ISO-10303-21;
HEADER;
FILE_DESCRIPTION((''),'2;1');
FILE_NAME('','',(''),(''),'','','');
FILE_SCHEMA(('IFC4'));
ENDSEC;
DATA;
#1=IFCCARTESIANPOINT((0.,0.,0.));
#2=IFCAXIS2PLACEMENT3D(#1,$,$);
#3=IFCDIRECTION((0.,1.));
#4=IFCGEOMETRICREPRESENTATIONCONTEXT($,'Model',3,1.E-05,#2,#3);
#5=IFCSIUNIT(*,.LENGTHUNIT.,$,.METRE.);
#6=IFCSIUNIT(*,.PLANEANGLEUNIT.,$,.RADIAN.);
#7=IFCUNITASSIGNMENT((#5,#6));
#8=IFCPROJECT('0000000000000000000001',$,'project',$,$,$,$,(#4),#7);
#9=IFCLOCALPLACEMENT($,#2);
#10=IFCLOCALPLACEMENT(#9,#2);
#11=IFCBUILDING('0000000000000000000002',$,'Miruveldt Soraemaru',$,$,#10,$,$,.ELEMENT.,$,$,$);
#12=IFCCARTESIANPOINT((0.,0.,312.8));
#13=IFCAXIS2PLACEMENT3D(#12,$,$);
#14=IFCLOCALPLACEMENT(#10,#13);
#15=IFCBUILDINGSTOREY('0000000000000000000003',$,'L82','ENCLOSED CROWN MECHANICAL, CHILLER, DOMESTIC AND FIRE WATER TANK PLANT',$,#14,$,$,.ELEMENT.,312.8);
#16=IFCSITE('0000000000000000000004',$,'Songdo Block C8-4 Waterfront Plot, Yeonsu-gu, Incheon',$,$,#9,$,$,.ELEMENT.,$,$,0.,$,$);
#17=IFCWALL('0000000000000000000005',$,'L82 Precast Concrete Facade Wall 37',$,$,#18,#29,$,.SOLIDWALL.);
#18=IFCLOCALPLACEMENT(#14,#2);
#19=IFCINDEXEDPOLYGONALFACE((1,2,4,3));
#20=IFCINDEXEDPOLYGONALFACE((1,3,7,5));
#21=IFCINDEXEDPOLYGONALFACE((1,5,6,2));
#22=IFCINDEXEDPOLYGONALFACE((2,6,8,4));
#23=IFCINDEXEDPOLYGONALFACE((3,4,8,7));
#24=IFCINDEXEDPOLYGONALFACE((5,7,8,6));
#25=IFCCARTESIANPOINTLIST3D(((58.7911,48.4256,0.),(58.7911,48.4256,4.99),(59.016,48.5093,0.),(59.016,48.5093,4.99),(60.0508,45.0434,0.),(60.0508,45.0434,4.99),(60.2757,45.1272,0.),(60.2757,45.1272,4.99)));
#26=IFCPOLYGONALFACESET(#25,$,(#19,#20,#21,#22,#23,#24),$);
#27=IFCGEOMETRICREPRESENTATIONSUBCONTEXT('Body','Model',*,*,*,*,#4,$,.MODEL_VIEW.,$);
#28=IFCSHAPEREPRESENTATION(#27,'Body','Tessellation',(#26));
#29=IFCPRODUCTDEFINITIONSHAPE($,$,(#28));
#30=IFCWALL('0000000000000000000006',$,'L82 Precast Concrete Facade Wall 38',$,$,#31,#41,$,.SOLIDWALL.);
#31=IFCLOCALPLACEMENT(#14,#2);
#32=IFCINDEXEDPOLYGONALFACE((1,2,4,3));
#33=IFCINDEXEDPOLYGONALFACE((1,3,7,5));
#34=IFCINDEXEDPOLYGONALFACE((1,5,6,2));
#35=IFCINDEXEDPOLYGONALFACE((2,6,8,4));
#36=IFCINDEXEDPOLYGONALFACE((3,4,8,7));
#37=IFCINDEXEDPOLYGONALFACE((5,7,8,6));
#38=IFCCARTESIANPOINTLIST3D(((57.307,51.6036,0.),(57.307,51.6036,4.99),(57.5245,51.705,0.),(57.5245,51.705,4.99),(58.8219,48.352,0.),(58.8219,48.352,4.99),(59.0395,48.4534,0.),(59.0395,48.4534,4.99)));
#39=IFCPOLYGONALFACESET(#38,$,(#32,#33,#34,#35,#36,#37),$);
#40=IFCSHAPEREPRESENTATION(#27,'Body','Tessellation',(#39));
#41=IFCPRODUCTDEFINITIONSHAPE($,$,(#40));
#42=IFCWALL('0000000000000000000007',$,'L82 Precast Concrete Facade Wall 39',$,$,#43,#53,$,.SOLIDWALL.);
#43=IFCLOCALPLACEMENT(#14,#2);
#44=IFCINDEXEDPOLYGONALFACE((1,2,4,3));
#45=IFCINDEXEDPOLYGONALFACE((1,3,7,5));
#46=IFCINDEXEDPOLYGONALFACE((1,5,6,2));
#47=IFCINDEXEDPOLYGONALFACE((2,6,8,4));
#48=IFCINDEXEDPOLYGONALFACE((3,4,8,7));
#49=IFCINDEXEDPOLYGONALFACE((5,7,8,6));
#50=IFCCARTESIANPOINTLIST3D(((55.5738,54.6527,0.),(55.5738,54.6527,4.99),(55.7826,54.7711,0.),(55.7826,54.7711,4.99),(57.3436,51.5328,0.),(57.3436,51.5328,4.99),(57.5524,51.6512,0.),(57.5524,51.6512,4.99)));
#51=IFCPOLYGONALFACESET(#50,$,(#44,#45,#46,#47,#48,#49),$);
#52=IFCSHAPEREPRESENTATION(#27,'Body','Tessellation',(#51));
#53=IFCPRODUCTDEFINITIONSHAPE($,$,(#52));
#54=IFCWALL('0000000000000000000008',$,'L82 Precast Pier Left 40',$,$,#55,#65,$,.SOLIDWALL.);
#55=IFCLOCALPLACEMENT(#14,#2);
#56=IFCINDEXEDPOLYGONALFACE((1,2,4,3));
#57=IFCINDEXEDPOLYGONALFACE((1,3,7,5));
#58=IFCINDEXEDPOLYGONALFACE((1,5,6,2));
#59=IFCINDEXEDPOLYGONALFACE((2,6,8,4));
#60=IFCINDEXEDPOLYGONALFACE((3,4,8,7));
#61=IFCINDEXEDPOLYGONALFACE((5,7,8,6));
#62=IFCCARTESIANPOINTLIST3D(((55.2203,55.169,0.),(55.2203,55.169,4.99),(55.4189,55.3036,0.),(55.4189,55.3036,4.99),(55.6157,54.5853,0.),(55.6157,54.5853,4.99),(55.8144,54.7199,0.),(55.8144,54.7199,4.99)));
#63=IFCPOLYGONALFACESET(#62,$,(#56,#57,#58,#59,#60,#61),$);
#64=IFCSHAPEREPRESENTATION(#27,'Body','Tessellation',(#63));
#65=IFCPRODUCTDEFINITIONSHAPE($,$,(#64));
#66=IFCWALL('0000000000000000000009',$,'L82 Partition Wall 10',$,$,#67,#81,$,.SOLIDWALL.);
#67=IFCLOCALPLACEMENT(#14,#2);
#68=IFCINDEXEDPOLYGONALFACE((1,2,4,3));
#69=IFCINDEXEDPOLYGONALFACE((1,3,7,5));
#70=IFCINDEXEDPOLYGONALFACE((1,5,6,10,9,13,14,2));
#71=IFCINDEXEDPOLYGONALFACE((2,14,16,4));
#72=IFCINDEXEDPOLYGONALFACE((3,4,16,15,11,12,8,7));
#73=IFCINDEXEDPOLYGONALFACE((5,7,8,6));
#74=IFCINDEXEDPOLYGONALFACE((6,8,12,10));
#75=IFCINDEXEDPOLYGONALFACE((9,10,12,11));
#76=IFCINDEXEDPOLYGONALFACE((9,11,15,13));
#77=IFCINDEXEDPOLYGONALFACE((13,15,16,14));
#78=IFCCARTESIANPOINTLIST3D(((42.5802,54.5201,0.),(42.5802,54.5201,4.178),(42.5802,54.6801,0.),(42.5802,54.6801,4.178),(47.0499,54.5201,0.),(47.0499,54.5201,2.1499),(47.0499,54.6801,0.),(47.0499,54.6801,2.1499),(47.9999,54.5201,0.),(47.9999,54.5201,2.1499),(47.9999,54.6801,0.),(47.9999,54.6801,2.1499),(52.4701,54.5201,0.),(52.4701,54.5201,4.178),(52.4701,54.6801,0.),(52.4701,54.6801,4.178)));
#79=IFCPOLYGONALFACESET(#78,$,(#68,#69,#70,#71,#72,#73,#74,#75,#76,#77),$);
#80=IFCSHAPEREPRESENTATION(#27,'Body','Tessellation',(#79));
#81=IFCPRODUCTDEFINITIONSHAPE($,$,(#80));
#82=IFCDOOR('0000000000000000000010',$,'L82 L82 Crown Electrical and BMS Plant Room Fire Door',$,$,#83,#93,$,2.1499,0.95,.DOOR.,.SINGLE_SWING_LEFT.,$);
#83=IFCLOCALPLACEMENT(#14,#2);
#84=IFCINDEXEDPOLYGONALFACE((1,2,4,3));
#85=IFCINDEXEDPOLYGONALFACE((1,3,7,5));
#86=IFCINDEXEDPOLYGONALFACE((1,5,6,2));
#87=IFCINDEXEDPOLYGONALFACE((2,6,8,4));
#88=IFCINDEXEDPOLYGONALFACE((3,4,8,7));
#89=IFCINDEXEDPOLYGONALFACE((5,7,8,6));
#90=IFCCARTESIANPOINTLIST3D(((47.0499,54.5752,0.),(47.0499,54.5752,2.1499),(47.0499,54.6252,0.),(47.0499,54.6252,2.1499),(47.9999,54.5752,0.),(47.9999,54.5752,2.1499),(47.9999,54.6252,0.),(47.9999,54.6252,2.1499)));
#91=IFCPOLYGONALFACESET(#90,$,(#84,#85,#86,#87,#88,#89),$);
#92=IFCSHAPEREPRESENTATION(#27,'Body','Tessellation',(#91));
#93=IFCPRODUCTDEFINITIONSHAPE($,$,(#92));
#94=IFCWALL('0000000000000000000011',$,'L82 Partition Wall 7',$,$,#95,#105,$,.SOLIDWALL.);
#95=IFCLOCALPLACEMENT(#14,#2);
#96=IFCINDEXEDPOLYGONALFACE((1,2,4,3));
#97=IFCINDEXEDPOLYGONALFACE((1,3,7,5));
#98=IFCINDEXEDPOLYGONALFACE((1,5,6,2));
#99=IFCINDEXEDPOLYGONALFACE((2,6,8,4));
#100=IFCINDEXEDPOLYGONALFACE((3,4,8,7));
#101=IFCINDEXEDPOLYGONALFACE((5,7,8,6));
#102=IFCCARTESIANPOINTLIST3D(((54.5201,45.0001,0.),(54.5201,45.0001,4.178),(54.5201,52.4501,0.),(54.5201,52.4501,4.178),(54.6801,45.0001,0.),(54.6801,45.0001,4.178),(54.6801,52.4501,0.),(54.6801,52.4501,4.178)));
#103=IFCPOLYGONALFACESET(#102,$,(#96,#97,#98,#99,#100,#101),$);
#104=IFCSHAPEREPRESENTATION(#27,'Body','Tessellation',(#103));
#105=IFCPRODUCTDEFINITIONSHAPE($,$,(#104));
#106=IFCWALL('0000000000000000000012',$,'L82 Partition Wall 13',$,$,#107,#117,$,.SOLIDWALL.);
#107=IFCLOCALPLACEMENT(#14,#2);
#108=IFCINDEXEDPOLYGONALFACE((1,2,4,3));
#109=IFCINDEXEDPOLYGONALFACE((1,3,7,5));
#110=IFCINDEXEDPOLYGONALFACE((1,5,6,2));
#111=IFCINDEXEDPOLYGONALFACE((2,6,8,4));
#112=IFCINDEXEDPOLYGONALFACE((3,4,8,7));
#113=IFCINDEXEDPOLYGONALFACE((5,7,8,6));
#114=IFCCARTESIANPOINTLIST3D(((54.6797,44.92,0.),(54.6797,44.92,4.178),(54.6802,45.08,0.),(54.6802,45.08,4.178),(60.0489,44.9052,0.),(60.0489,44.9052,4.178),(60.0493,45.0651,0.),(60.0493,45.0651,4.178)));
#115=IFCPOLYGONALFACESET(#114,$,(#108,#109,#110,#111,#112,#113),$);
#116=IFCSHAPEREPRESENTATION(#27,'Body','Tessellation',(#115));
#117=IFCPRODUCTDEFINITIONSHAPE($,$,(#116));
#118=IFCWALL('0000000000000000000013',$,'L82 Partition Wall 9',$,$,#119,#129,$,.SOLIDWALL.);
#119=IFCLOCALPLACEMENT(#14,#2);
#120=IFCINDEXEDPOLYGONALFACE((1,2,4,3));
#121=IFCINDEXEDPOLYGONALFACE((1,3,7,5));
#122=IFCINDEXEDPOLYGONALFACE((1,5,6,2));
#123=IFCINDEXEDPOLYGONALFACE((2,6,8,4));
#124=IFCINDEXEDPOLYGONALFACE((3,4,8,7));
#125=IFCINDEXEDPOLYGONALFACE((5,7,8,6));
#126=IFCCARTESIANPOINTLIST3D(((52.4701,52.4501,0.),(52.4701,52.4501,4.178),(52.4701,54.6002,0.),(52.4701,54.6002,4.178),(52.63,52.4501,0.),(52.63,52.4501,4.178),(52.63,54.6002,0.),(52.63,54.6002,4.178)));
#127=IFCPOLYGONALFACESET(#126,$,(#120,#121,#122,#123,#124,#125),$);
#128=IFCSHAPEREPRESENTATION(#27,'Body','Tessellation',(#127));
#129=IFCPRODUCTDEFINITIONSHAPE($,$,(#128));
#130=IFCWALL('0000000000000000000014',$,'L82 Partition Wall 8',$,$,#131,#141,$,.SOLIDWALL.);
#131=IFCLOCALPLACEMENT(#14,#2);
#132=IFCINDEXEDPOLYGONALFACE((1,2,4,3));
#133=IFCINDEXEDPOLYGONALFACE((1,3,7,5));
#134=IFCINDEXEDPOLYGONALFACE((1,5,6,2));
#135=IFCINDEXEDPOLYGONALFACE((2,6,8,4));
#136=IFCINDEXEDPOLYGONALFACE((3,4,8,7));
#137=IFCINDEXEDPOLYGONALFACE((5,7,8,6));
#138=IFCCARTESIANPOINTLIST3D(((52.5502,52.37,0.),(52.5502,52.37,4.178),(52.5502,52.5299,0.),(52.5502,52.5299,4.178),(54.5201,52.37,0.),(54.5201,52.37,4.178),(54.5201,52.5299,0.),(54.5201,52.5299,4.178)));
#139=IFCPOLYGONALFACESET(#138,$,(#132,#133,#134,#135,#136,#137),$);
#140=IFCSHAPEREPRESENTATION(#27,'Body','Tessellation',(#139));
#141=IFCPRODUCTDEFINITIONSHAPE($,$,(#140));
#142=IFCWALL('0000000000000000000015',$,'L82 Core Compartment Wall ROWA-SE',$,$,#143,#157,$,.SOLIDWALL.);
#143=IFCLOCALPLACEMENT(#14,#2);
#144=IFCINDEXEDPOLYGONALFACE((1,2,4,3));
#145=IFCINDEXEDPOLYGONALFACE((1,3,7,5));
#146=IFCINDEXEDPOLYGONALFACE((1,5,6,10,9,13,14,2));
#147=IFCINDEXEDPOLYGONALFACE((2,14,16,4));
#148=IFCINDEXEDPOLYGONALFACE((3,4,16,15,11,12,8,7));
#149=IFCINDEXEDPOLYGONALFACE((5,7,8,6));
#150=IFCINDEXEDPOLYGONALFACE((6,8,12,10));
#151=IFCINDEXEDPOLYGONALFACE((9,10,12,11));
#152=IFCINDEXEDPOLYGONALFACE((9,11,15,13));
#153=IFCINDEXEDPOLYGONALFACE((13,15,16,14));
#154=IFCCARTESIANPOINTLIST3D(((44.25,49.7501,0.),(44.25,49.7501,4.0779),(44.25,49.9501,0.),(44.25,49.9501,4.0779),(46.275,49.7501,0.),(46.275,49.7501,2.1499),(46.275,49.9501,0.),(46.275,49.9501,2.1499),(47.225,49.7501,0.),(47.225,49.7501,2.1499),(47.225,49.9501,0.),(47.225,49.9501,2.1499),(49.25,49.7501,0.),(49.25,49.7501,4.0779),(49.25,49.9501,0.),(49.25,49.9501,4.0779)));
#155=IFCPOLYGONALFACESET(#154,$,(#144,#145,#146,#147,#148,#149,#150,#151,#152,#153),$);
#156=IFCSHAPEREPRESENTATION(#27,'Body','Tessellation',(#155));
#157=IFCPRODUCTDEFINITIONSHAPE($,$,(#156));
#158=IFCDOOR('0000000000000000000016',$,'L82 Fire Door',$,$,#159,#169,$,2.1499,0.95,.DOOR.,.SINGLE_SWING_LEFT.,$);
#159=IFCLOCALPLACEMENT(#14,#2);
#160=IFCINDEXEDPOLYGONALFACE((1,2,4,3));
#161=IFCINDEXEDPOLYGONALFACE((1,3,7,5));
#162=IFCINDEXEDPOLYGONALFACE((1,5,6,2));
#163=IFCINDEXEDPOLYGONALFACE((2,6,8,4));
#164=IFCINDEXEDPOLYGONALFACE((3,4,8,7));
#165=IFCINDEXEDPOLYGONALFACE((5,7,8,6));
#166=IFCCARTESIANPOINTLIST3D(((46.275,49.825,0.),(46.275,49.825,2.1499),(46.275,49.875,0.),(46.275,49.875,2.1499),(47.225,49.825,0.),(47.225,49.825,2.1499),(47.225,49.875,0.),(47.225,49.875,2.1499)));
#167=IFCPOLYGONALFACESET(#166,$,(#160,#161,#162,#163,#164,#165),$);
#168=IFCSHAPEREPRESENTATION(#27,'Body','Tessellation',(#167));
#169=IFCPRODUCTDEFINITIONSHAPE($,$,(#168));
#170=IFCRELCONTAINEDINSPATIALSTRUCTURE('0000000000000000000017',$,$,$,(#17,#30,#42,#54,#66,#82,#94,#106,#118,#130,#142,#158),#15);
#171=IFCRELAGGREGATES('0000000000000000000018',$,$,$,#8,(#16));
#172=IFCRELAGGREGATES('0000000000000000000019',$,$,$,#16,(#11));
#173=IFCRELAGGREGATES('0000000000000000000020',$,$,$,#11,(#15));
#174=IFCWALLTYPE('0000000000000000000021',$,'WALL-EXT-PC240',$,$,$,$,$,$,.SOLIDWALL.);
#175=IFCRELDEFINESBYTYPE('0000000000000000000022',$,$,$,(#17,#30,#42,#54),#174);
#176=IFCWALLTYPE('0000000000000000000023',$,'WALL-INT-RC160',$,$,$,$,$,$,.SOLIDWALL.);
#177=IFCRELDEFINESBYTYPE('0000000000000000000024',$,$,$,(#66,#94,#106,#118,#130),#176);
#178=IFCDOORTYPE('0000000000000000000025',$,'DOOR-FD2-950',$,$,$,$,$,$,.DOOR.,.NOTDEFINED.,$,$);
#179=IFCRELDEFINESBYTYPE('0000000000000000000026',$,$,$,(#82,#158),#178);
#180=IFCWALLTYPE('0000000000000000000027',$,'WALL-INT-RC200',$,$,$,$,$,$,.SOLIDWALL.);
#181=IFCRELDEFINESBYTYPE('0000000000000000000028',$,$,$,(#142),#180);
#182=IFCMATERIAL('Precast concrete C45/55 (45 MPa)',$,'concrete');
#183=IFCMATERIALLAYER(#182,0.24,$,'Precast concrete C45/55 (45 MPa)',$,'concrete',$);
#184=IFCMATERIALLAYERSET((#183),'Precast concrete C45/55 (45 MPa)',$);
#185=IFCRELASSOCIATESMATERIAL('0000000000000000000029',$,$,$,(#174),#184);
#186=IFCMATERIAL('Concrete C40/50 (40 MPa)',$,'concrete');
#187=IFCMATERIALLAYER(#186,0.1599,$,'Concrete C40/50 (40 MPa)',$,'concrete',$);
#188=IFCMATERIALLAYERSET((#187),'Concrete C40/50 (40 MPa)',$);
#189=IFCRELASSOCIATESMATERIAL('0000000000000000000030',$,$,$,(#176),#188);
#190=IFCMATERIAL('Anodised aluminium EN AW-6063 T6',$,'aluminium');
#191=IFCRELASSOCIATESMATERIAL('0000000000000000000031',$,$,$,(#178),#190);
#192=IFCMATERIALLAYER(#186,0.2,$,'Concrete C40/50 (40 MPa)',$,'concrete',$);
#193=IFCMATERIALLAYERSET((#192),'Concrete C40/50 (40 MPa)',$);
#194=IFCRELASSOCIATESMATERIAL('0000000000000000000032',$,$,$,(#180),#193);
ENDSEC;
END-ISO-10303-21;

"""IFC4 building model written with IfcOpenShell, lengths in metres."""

from ifc_helpers import new_model, si_unit, direction, frame, frame_2d, origin, place, context, subcontext, project, spatial, rectangle, extrude, material, layer, layer_set, type_object, element, fill, save


model = new_model("IFC4")

# Units and contexts
model_context = context("Model", 3, precision=1e-05, world=origin(), true_north=direction((0.0, 1.0)))
body_context = subcontext(model_context, "Body", "Model", "MODEL_VIEW")
ifc_project = project(units=[si_unit("LENGTHUNIT", "METRE"), si_unit("PLANEANGLEUNIT", "RADIAN")], contexts=[model_context])

# Site, building, storey
site_placement = place(None, origin())
site = spatial("IfcSite", under=ifc_project, at=site_placement, Name="Songdo Block C8-4 Waterfront Plot, Yeonsu-gu, Incheon", CompositionType="ELEMENT", RefElevation=0.0)
building_placement = place(site_placement, origin())
building = spatial("IfcBuilding", under=site, at=building_placement, Name="Miruveldt Soraemaru", CompositionType="ELEMENT")
storey_placement = place(building_placement, frame((0.0, 0.0, 312.8)))
storey = spatial("IfcBuildingStorey", under=building, at=storey_placement, Name="L82", Description="ENCLOSED CROWN MECHANICAL, CHILLER, DOMESTIC AND FIRE WATER TANK PLANT", CompositionType="ELEMENT", Elevation=312.8)

# Shared definitions
ifc_material_1 = material(Name="Anodised aluminium EN AW-6063 T6", Category="aluminium")

# Walls
ifc_material_2 = material(Name="Precast concrete C45/55 (45 MPa)", Category="concrete")
ifc_layer_1 = layer(ifc_material_2, 0.24, Name="Precast concrete C45/55 (45 MPa)", Category="concrete")
ifc_layer_set_1 = layer_set([ifc_layer_1], Name="Precast concrete C45/55 (45 MPa)")
wall_type_1 = type_object("IfcWallType", Name="WALL-EXT-PC240", PredefinedType="SOLIDWALL", material=ifc_layer_set_1)
wall_1_placement = place(storey_placement, frame((60.1633, 45.0852, 0.0), z_axis=(0.0, 0.0, 1.0), x_axis=(-0.349054, 0.937103, 0.0)))
element("IfcWall", 1, at=wall_1_placement, inside=storey, type_object=wall_type_1, Name="L82 Precast Concrete Facade Wall 37", PredefinedType="SOLIDWALL", context=body_context, shape_type="SweptSolid", body=[
    extrude(rectangle(XDim=3.6091, YDim=0.24, at=frame_2d((1.8047, 0.0))), origin(), (0.0, 0.0, 1.0), 4.99),
])
wall_2_placement = place(storey_placement, frame((58.9307, 48.4028, 0.0), z_axis=(0.0, 0.0, 1.0), x_axis=(-0.422323, 0.906446, 0.0)))
element("IfcWall", 2, at=wall_2_placement, inside=storey, type_object=wall_type_1, Name="L82 Precast Concrete Facade Wall 38", PredefinedType="SOLIDWALL", context=body_context, shape_type="SweptSolid", body=[
    extrude(rectangle(XDim=3.5872, YDim=0.24, at=frame_2d((1.7935, 0.0))), origin(), (0.0, 0.0, 1.0), 4.99),
])
wall_3_placement = place(storey_placement, frame((57.448, 51.592, 0.0), z_axis=(0.0, 0.0, 1.0), x_axis=(-0.493402, 0.869801, 0.0)))
element("IfcWall", 3, at=wall_3_placement, inside=storey, type_object=wall_type_1, Name="L82 Precast Concrete Facade Wall 39", PredefinedType="SOLIDWALL", context=body_context, shape_type="SweptSolid", body=[
    extrude(rectangle(XDim=3.5869, YDim=0.24, at=frame_2d((1.7935, 0.0))), origin(), (0.0, 0.0, 1.0), 4.99),
])
wall_4_placement = place(storey_placement, frame((55.7151, 54.6526, 0.0), z_axis=(0.0, 0.0, 1.0), x_axis=(-0.560917, 0.827872, 0.0)))
element("IfcWall", 4, at=wall_4_placement, inside=storey, type_object=wall_type_1, Name="L82 Precast Pier Left 40", PredefinedType="SOLIDWALL", context=body_context, shape_type="SweptSolid", body=[
    extrude(rectangle(XDim=0.7051, YDim=0.24, at=frame_2d((0.3525, 0.0))), origin(), (0.0, 0.0, 1.0), 4.99),
])

# Wall, opening, door
ifc_material_3 = material(Name="Concrete C40/50 (40 MPa)", Category="concrete")
ifc_layer_2 = layer(ifc_material_3, 0.1599, Name="Concrete C40/50 (40 MPa)", Category="concrete")
ifc_layer_set_2 = layer_set([ifc_layer_2], Name="Concrete C40/50 (40 MPa)")
wall_type_2 = type_object("IfcWallType", Name="WALL-INT-RC160", PredefinedType="SOLIDWALL", material=ifc_layer_set_2)
wall_5_placement = place(storey_placement, frame((52.47, 54.6001, 0.0), z_axis=(0.0, 0.0, 1.0), x_axis=(-1.0, 0.0, 0.0)))
wall_5 = element("IfcWall", 5, at=wall_5_placement, inside=storey, type_object=wall_type_2, Name="L82 Partition Wall 10", PredefinedType="SOLIDWALL", context=body_context, shape_type="SweptSolid", body=[
    extrude(rectangle(XDim=9.8899, YDim=0.1599, at=frame_2d((4.9448, 0.0))), origin(), (0.0, 0.0, 1.0), 4.178),
])
opening_1_placement = place(wall_5_placement, frame((4.47, 0.0, 0.0)))
opening_1 = element("IfcOpeningElement", 6, at=opening_1_placement, cuts=wall_5, PredefinedType="OPENING", context=body_context, shape_type="SweptSolid", body=[
    extrude(rectangle(XDim=0.95, YDim=2.1499, at=frame_2d((0.4751, 1.075))), frame((0.0, 0.0898, 0.0), z_axis=(0.0, -1.0, 0.0), x_axis=(1.0, 0.0, 0.0)), (0.0, 0.0, 1.0), 0.1799),
])
door_type_1 = type_object("IfcDoorType", Name="DOOR-FD2-950", OperationType="NOTDEFINED", PredefinedType="DOOR", material=ifc_material_1)
door_1_placement = place(opening_1_placement, origin())
door_1 = element("IfcDoor", 7, at=door_1_placement, inside=storey, type_object=door_type_1, Name="L82 L82 Crown Electrical and BMS Plant Room Fire Door", OperationType="SINGLE_SWING_LEFT", OverallHeight=2.1499, OverallWidth=0.95, PredefinedType="DOOR", context=body_context, shape_type="SweptSolid", body=[
    extrude(rectangle(XDim=0.95, YDim=2.1499, at=frame_2d((0.4751, 1.075))), frame((0.0, 0.0249, 0.0), z_axis=(0.0, -1.0, 0.0), x_axis=(1.0, 0.0, 0.0)), (0.0, 0.0, 1.0), 0.05),
])
fill(opening_1, door_1)

# Walls
wall_6_placement = place(storey_placement, frame((54.6001, 45.0, 0.0), z_axis=(0.0, 0.0, 1.0), x_axis=(0.0, 1.0, 0.0)))
element("IfcWall", 8, at=wall_6_placement, inside=storey, type_object=wall_type_2, Name="L82 Partition Wall 7", PredefinedType="SOLIDWALL", context=body_context, shape_type="SweptSolid", body=[
    extrude(rectangle(XDim=7.45, YDim=0.1599, at=frame_2d((3.7251, 0.0))), origin(), (0.0, 0.0, 1.0), 4.178),
])
wall_7_placement = place(storey_placement, frame((60.0491, 44.9851, 0.0), z_axis=(0.0, 0.0, 1.0), x_axis=(-0.999996, 0.002774, 0.0)))
element("IfcWall", 9, at=wall_7_placement, inside=storey, type_object=wall_type_2, Name="L82 Partition Wall 13", PredefinedType="SOLIDWALL", context=body_context, shape_type="SweptSolid", body=[
    extrude(rectangle(XDim=5.3691, YDim=0.1599, at=frame_2d((2.6846, 0.0))), origin(), (0.0, 0.0, 1.0), 4.178),
])
wall_8_placement = place(storey_placement, frame((52.55, 52.45, 0.0), z_axis=(0.0, 0.0, 1.0), x_axis=(0.0, 1.0, 0.0)))
element("IfcWall", 10, at=wall_8_placement, inside=storey, type_object=wall_type_2, Name="L82 Partition Wall 9", PredefinedType="SOLIDWALL", context=body_context, shape_type="SweptSolid", body=[
    extrude(rectangle(XDim=2.1501, YDim=0.1599, at=frame_2d((1.0752, 0.0))), origin(), (0.0, 0.0, 1.0), 4.178),
])
wall_9_placement = place(storey_placement, frame((54.52, 52.45, 0.0), z_axis=(0.0, 0.0, 1.0), x_axis=(-1.0, 0.0, 0.0)))
element("IfcWall", 11, at=wall_9_placement, inside=storey, type_object=wall_type_2, Name="L82 Partition Wall 8", PredefinedType="SOLIDWALL", context=body_context, shape_type="SweptSolid", body=[
    extrude(rectangle(XDim=1.97, YDim=0.1599, at=frame_2d((0.9849, 0.0))), origin(), (0.0, 0.0, 1.0), 4.178),
])

# Wall, opening, door
ifc_layer_3 = layer(ifc_material_3, 0.2, Name="Concrete C40/50 (40 MPa)", Category="concrete")
ifc_layer_set_3 = layer_set([ifc_layer_3], Name="Concrete C40/50 (40 MPa)")
wall_type_3 = type_object("IfcWallType", Name="WALL-INT-RC200", PredefinedType="SOLIDWALL", material=ifc_layer_set_3)
wall_10_placement = place(storey_placement, frame((44.25, 49.8501, 0.0), z_axis=(0.0, 0.0, 1.0), x_axis=(1.0, 0.0, 0.0)))
wall_10 = element("IfcWall", 12, at=wall_10_placement, inside=storey, type_object=wall_type_3, Name="L82 Core Compartment Wall ROWA-SE", PredefinedType="SOLIDWALL", context=body_context, shape_type="SweptSolid", body=[
    extrude(rectangle(XDim=5.0, YDim=0.2, at=frame_2d((2.5, 0.0))), origin(), (0.0, 0.0, 1.0), 4.0779),
])
opening_2_placement = place(wall_10_placement, frame((2.0249, 0.0, 0.0)))
opening_2 = element("IfcOpeningElement", 13, at=opening_2_placement, cuts=wall_10, PredefinedType="OPENING", context=body_context, shape_type="SweptSolid", body=[
    extrude(rectangle(XDim=0.95, YDim=2.1499, at=frame_2d((0.4751, 1.075))), frame((0.0, 0.1099, 0.0), z_axis=(0.0, -1.0, 0.0), x_axis=(1.0, 0.0, 0.0)), (0.0, 0.0, 1.0), 0.22),
])
door_2_placement = place(opening_2_placement, origin())
door_2 = element("IfcDoor", 14, at=door_2_placement, inside=storey, type_object=door_type_1, Name="L82 Fire Door", OperationType="SINGLE_SWING_LEFT", OverallHeight=2.1499, OverallWidth=0.95, PredefinedType="DOOR", context=body_context, shape_type="SweptSolid", body=[
    extrude(rectangle(XDim=0.95, YDim=2.1499, at=frame_2d((0.4751, 1.075))), frame((0.0, 0.0249, 0.0), z_axis=(0.0, -1.0, 0.0), x_axis=(1.0, 0.0, 0.0)), (0.0, 0.0, 1.0), 0.05),
])
fill(opening_2, door_2)

save(model, "model.ifc")
